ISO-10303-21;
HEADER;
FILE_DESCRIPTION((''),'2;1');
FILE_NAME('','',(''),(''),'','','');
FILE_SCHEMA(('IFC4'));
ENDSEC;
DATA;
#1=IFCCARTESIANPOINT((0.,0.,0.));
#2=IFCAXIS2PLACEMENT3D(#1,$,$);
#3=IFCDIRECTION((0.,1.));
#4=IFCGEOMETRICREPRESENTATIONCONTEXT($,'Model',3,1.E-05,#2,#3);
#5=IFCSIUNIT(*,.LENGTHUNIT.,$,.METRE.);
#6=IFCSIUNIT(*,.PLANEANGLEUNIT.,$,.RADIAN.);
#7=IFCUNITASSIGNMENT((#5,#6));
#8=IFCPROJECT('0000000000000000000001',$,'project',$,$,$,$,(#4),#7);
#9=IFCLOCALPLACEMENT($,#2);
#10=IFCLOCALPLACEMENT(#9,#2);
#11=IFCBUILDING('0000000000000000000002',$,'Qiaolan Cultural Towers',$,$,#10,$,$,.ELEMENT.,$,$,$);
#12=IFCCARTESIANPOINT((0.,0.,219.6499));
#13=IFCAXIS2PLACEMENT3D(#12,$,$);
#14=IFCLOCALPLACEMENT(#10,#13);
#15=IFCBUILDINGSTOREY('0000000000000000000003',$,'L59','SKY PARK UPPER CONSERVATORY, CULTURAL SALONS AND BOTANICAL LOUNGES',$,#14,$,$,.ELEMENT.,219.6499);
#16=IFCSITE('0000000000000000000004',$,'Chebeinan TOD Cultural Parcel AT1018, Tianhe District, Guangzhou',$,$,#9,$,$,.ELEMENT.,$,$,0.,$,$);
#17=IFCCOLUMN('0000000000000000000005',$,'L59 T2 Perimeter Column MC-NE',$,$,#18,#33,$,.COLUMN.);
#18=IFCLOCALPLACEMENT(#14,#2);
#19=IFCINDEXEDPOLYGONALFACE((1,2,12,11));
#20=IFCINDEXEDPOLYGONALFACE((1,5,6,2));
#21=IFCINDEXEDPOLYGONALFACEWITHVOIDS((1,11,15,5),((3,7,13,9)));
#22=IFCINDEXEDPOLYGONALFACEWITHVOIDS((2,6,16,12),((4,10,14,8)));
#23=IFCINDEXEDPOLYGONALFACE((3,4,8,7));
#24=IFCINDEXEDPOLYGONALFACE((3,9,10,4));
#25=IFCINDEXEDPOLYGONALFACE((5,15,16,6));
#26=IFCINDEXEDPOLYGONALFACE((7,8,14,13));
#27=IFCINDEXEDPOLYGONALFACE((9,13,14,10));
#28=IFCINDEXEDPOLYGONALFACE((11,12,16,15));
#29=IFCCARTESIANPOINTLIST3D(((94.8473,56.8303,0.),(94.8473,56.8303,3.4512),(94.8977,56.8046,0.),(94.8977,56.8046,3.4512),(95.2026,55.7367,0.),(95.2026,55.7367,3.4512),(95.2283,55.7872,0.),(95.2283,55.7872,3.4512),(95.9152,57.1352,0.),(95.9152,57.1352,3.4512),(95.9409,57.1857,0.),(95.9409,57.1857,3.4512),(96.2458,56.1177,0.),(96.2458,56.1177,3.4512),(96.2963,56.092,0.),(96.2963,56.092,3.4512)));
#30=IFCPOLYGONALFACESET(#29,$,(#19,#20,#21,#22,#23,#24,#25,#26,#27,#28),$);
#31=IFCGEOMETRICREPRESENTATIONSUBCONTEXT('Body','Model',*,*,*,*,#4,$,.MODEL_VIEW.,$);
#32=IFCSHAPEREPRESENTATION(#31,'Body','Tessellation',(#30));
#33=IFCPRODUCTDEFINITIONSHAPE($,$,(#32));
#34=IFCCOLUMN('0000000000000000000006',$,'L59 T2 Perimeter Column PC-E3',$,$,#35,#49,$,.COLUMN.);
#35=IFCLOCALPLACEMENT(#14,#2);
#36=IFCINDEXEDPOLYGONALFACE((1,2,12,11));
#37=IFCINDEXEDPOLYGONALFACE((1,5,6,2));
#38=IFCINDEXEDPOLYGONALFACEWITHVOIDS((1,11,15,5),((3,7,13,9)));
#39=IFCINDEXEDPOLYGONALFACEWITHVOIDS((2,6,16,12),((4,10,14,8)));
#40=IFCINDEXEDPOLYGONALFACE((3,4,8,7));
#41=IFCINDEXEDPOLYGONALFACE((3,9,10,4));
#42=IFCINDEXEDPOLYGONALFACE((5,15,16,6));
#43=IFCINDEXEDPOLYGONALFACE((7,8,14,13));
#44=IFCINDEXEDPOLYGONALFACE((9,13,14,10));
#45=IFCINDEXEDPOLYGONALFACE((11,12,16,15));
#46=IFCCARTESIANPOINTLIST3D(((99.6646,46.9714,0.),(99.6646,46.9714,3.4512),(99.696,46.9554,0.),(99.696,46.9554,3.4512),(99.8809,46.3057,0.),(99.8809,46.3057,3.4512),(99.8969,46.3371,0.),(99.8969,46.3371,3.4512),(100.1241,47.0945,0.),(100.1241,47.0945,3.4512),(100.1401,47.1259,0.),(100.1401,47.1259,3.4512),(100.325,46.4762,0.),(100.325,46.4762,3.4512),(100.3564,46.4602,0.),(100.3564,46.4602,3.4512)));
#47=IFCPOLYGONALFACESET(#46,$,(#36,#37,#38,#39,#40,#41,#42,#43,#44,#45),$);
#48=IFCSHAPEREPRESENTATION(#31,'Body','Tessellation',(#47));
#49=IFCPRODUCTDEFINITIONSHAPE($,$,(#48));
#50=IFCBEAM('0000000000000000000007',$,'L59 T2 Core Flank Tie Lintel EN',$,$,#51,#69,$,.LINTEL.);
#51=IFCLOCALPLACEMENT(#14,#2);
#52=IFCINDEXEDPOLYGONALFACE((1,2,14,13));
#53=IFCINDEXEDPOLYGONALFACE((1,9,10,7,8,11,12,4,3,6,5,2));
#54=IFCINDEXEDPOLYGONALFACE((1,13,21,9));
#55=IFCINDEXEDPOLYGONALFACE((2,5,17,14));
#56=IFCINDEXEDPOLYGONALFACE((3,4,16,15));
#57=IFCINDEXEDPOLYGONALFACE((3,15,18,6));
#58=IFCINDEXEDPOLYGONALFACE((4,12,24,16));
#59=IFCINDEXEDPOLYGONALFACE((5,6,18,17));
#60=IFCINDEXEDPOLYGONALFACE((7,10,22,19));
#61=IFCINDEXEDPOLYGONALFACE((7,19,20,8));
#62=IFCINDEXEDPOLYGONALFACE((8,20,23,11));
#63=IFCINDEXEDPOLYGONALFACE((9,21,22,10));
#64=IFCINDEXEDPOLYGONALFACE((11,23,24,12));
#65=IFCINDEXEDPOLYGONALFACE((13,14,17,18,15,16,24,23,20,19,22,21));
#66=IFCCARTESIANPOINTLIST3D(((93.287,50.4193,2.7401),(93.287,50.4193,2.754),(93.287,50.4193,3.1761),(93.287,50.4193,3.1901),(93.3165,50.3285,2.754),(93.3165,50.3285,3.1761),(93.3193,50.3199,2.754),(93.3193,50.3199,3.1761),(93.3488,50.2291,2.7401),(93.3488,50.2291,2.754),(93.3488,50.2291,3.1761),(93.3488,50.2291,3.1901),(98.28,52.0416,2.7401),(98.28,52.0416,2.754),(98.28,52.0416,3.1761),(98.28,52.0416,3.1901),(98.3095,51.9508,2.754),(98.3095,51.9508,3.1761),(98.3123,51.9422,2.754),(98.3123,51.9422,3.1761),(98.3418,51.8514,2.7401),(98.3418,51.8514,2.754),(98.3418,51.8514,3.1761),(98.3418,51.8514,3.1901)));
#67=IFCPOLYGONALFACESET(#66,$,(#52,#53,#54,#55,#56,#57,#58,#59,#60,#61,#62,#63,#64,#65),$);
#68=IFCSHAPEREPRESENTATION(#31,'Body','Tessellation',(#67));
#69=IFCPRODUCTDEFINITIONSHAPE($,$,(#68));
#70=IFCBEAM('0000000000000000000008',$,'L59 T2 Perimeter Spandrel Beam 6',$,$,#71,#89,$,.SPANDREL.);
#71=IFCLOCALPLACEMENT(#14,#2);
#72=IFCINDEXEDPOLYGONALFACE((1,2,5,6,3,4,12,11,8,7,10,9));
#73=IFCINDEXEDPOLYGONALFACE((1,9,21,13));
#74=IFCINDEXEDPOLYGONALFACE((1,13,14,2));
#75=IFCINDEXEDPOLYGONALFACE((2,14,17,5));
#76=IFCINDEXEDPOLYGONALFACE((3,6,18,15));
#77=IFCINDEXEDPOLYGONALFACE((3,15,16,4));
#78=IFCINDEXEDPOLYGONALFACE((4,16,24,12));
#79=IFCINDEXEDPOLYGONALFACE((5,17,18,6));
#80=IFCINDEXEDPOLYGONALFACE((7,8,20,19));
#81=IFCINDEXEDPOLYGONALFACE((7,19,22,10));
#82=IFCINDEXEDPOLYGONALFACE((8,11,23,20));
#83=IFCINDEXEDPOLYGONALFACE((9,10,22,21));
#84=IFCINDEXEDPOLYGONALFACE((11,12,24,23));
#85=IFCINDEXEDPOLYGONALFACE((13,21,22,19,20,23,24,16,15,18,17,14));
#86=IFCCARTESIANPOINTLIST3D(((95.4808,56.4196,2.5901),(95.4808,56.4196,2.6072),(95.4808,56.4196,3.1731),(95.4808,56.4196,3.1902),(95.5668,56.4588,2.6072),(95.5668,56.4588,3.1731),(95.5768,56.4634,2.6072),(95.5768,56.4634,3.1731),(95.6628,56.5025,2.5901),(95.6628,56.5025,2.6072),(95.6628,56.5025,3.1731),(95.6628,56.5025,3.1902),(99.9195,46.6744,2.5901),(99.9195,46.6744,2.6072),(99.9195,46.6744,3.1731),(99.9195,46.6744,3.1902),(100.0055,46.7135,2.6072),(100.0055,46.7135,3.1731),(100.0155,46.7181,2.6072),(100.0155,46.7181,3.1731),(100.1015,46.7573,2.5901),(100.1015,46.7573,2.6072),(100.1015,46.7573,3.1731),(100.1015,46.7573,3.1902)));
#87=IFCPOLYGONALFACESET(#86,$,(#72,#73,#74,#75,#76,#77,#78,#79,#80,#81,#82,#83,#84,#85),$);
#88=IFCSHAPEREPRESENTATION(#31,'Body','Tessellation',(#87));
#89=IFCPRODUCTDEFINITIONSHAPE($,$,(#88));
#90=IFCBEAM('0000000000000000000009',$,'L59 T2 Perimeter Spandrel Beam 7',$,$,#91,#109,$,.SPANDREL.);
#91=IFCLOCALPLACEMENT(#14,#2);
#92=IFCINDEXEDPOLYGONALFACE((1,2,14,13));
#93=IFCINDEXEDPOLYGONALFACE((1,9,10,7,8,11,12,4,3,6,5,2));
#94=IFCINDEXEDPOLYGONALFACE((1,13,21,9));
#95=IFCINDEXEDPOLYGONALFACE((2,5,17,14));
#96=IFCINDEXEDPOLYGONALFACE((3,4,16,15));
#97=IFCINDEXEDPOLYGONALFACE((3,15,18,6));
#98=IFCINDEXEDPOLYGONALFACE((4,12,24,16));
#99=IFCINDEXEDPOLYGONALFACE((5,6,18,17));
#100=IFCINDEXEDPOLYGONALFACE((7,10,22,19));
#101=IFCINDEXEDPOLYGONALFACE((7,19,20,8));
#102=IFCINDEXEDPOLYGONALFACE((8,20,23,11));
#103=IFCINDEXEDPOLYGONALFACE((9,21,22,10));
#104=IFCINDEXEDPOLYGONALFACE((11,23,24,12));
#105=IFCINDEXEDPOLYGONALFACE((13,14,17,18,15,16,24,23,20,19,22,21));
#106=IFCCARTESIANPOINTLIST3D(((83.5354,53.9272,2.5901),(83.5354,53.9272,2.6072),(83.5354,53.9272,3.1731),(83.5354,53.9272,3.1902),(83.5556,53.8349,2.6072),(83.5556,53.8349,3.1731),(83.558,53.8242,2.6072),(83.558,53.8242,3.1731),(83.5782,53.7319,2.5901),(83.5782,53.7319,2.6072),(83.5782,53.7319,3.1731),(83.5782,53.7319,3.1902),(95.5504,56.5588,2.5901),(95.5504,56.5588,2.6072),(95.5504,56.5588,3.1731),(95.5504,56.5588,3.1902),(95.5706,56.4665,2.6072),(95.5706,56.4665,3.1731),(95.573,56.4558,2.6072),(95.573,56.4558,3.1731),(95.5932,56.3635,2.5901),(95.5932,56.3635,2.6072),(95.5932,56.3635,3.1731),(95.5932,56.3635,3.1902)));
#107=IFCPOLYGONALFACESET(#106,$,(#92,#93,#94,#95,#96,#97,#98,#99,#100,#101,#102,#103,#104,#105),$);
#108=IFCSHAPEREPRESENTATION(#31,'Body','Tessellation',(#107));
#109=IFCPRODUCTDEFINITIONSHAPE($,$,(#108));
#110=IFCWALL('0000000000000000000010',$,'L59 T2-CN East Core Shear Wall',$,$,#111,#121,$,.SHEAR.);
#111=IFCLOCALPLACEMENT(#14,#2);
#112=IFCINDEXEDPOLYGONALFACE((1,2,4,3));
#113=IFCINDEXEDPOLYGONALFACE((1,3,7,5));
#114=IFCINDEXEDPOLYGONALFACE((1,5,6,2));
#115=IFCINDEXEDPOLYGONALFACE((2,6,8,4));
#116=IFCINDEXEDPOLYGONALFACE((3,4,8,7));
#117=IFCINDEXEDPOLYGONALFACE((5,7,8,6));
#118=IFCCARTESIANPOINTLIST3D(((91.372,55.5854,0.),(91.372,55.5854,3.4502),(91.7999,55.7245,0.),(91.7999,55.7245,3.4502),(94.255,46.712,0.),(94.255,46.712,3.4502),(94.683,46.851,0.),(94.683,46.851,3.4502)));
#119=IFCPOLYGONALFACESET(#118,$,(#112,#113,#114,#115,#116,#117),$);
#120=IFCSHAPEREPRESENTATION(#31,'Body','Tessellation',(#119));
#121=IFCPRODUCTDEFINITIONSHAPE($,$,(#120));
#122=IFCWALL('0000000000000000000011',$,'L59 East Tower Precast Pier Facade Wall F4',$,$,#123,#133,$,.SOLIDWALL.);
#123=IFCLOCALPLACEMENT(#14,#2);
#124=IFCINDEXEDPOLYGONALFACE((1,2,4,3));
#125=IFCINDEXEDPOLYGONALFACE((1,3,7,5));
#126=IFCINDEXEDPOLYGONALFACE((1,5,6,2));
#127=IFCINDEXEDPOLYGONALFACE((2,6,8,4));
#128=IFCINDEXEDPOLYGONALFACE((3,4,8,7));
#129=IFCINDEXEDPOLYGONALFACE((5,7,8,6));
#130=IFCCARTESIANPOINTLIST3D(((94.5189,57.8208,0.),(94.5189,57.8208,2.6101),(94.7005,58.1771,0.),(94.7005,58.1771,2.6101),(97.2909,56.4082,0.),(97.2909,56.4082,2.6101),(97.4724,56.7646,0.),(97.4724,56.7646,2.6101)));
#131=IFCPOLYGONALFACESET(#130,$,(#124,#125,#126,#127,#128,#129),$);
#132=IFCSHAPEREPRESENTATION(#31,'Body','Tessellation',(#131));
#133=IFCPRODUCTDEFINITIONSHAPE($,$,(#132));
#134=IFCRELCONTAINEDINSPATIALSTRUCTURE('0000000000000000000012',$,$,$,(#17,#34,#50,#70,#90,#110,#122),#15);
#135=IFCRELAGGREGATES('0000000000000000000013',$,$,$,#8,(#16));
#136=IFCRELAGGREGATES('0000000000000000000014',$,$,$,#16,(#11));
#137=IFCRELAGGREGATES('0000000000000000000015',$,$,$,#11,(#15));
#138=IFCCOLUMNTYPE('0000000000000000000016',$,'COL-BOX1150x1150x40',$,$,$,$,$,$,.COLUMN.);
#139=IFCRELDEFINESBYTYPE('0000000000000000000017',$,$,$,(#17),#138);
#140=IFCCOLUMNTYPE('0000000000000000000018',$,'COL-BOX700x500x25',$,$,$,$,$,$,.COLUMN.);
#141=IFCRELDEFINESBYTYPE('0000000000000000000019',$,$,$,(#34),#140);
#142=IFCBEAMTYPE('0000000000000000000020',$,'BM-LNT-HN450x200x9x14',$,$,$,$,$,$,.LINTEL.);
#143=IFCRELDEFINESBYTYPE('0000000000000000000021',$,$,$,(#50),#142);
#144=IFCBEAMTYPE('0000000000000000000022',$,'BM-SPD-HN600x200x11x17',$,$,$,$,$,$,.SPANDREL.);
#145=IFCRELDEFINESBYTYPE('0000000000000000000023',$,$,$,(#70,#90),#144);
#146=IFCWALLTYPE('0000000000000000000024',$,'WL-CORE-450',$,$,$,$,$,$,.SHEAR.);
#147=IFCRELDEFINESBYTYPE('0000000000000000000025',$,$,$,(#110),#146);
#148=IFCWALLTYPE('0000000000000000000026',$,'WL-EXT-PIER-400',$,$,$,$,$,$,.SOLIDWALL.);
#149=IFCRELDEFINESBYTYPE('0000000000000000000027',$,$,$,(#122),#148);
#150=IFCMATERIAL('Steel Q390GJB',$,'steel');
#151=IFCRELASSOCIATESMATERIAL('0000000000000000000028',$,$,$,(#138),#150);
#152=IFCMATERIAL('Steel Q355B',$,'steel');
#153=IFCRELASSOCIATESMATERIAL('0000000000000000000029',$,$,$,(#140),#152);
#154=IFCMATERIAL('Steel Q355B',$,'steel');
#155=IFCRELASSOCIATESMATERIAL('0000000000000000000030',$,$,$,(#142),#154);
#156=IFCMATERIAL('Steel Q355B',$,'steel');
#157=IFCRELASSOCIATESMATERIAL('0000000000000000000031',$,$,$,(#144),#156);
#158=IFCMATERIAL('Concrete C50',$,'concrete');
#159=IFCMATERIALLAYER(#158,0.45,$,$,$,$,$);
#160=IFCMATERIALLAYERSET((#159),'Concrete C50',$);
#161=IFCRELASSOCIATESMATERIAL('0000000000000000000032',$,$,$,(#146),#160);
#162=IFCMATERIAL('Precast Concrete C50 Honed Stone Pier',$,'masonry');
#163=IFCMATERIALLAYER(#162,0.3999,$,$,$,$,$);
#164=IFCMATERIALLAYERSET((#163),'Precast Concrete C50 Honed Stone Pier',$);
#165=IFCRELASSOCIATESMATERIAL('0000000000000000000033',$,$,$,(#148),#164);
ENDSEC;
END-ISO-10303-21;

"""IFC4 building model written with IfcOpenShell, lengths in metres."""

from ifc_helpers import new_model, si_unit, direction, frame, frame_2d, origin, origin_2d, place, context, subcontext, project, spatial, rectangle, hollow_rectangle, i_section, extrude, material, layer, layer_set, material_profile, profile_set, type_object, element, save


model = new_model("IFC4")

# Units and contexts
model_context = context("Model", 3, precision=1e-05, world=origin(), true_north=direction((0.0, 1.0)))
body_context = subcontext(model_context, "Body", "Model", "MODEL_VIEW")
ifc_project = project(units=[si_unit("LENGTHUNIT", "METRE"), si_unit("PLANEANGLEUNIT", "RADIAN")], contexts=[model_context])

# Site, building, storey
site_placement = place(None, origin())
site = spatial("IfcSite", under=ifc_project, at=site_placement, Name="Chebeinan TOD Cultural Parcel AT1018, Tianhe District, Guangzhou", CompositionType="ELEMENT", RefElevation=0.0)
building_placement = place(site_placement, origin())
building = spatial("IfcBuilding", under=site, at=building_placement, Name="Qiaolan Cultural Towers", CompositionType="ELEMENT")
storey_placement = place(building_placement, frame((0.0, 0.0, 219.6499)))
storey = spatial("IfcBuildingStorey", under=building, at=storey_placement, Name="L59", Description="SKY PARK UPPER CONSERVATORY, CULTURAL SALONS AND BOTANICAL LOUNGES", CompositionType="ELEMENT", Elevation=219.6499)

# Columns
ifc_material_1 = material(Name="Steel Q390GJB", Category="steel")
ifc_material_profile_1 = material_profile(ifc_material_1, hollow_rectangle(XDim=1.1499, YDim=1.1499, WallThickness=0.04, at=origin_2d()), Name="BOX1150x1150x40")
ifc_profile_set_1 = profile_set([ifc_material_profile_1], Name="Steel Q390GJB")
column_type_1 = type_object("IfcColumnType", Name="COL-BOX1150x1150x40", PredefinedType="COLUMN", material=ifc_profile_set_1)
column_1_placement = place(storey_placement, frame((95.5718, 56.4612, 0.0), z_axis=(0.0, 0.0, 1.0), x_axis=(0.951057, 0.309017, 0.0)))
element("IfcColumn", 1, at=column_1_placement, inside=storey, type_object=column_type_1, Name="L59 T2 Perimeter Column MC-NE", PredefinedType="COLUMN", context=body_context, shape_type="SweptSolid", body=[
    extrude(hollow_rectangle(XDim=1.1499, YDim=1.1499, WallThickness=0.04, at=origin_2d()), origin(), (0.0, 0.0, 1.0), 3.4512),
])
ifc_material_2 = material(Name="Steel Q355B", Category="steel")
ifc_material_profile_2 = material_profile(ifc_material_2, hollow_rectangle(XDim=0.5, YDim=0.7, WallThickness=0.0249, at=origin_2d()), Name="BOX700x500x25")
ifc_profile_set_2 = profile_set([ifc_material_profile_2], Name="Steel Q355B")
column_type_2 = type_object("IfcColumnType", Name="COL-BOX700x500x25", PredefinedType="COLUMN", material=ifc_profile_set_2)
column_2_placement = place(storey_placement, frame((100.0105, 46.7158, 0.0), z_axis=(0.0, 0.0, 1.0), x_axis=(0.951057, 0.309017, 0.0)))
element("IfcColumn", 2, at=column_2_placement, inside=storey, type_object=column_type_2, Name="L59 T2 Perimeter Column PC-E3", PredefinedType="COLUMN", context=body_context, shape_type="SweptSolid", body=[
    extrude(hollow_rectangle(XDim=0.5, YDim=0.7, WallThickness=0.0249, at=origin_2d()), origin(), (0.0, 0.0, 1.0), 3.4512),
])

# Beams
ifc_material_3 = material(Name="Steel Q355B", Category="steel")
ifc_material_profile_3 = material_profile(ifc_material_3, i_section(OverallWidth=0.2, OverallDepth=0.45, WebThickness=0.009, FlangeThickness=0.0139, at=origin_2d()), Name="HN450x200x9x14")
ifc_profile_set_3 = profile_set([ifc_material_profile_3], Name="Steel Q355B")
beam_type_1 = type_object("IfcBeamType", Name="BM-LNT-HN450x200x9x14", PredefinedType="LINTEL", material=ifc_profile_set_3)
beam_1_placement = place(storey_placement, frame((93.3179, 50.3242, 2.9651), z_axis=(0.95106, 0.309006, 0.0), x_axis=(-0.309006, 0.95106, 0.0)))
element("IfcBeam", 3, at=beam_1_placement, inside=storey, type_object=beam_type_1, Name="L59 T2 Core Flank Tie Lintel EN", PredefinedType="LINTEL", context=body_context, shape_type="SweptSolid", body=[
    extrude(i_section(OverallWidth=0.2, OverallDepth=0.45, WebThickness=0.009, FlangeThickness=0.0139, at=origin_2d()), origin(), (0.0, 0.0, 1.0), 5.25),
])
ifc_material_4 = material(Name="Steel Q355B", Category="steel")
ifc_material_profile_4 = material_profile(ifc_material_4, i_section(OverallWidth=0.2, OverallDepth=0.6001, WebThickness=0.011, FlangeThickness=0.0171, at=origin_2d()), Name="HN600x200x11x17")
ifc_profile_set_4 = profile_set([ifc_material_profile_4], Name="Steel Q355B")
beam_type_2 = type_object("IfcBeamType", Name="BM-SPD-HN600x200x11x17", PredefinedType="SPANDREL", material=ifc_profile_set_4)
beam_2_placement = place(storey_placement, frame((100.0105, 46.7158, 2.8901), z_axis=(-0.4145, 0.910049, 0.0), x_axis=(-0.910049, -0.4145, 0.0)))
element("IfcBeam", 4, at=beam_2_placement, inside=storey, type_object=beam_type_2, Name="L59 T2 Perimeter Spandrel Beam 6", PredefinedType="SPANDREL", context=body_context, shape_type="SweptSolid", body=[
    extrude(i_section(OverallWidth=0.2, OverallDepth=0.6001, WebThickness=0.011, FlangeThickness=0.0171, at=origin_2d()), origin(), (0.0, 0.0, 1.0), 10.7085),
])
beam_3_placement = place(storey_placement, frame((95.5718, 56.4612, 2.8901), z_axis=(-0.976843, -0.213956, 0.0), x_axis=(0.213956, -0.976843, 0.0)))
element("IfcBeam", 5, at=beam_3_placement, inside=storey, type_object=beam_type_2, Name="L59 T2 Perimeter Spandrel Beam 7", PredefinedType="SPANDREL", context=body_context, shape_type="SweptSolid", body=[
    extrude(i_section(OverallWidth=0.2, OverallDepth=0.6001, WebThickness=0.011, FlangeThickness=0.0171, at=origin_2d()), origin(), (0.0, 0.0, 1.0), 12.2998),
])

# Walls
ifc_material_5 = material(Name="Concrete C50", Category="concrete")
ifc_layer_1 = layer(ifc_material_5, 0.45)
ifc_layer_set_1 = layer_set([ifc_layer_1], Name="Concrete C50")
wall_type_1 = type_object("IfcWallType", Name="WL-CORE-450", PredefinedType="SHEAR", material=ifc_layer_set_1)
wall_1_placement = place(storey_placement, frame((94.469, 46.7815, 0.0), z_axis=(0.0, 0.0, 1.0), x_axis=(-0.309004, 0.951061, 0.0)))
element("IfcWall", 6, at=wall_1_placement, inside=storey, type_object=wall_type_1, Name="L59 T2-CN East Core Shear Wall", PredefinedType="SHEAR", context=body_context, shape_type="SweptSolid", body=[
    extrude(rectangle(XDim=9.3301, YDim=0.45, at=frame_2d((4.665, 0.0))), origin(), (0.0, 0.0, 1.0), 3.4502),
])
ifc_material_6 = material(Name="Precast Concrete C50 Honed Stone Pier", Category="masonry")
ifc_layer_2 = layer(ifc_material_6, 0.3999)
ifc_layer_set_2 = layer_set([ifc_layer_2], Name="Precast Concrete C50 Honed Stone Pier")
wall_type_2 = type_object("IfcWallType", Name="WL-EXT-PIER-400", PredefinedType="SOLIDWALL", material=ifc_layer_set_2)
wall_2_placement = place(storey_placement, frame((94.6096, 57.999, 0.0), z_axis=(0.0, 0.0, 1.0), x_axis=(0.89098, -0.454043, 0.0)))
element("IfcWall", 7, at=wall_2_placement, inside=storey, type_object=wall_type_2, Name="L59 East Tower Precast Pier Facade Wall F4", PredefinedType="SOLIDWALL", context=body_context, shape_type="SweptSolid", body=[
    extrude(rectangle(XDim=3.1111, YDim=0.3999, at=frame_2d((1.5557, 0.0))), origin(), (0.0, 0.0, 1.0), 2.6101),
])

save(model, "model.ifc")
